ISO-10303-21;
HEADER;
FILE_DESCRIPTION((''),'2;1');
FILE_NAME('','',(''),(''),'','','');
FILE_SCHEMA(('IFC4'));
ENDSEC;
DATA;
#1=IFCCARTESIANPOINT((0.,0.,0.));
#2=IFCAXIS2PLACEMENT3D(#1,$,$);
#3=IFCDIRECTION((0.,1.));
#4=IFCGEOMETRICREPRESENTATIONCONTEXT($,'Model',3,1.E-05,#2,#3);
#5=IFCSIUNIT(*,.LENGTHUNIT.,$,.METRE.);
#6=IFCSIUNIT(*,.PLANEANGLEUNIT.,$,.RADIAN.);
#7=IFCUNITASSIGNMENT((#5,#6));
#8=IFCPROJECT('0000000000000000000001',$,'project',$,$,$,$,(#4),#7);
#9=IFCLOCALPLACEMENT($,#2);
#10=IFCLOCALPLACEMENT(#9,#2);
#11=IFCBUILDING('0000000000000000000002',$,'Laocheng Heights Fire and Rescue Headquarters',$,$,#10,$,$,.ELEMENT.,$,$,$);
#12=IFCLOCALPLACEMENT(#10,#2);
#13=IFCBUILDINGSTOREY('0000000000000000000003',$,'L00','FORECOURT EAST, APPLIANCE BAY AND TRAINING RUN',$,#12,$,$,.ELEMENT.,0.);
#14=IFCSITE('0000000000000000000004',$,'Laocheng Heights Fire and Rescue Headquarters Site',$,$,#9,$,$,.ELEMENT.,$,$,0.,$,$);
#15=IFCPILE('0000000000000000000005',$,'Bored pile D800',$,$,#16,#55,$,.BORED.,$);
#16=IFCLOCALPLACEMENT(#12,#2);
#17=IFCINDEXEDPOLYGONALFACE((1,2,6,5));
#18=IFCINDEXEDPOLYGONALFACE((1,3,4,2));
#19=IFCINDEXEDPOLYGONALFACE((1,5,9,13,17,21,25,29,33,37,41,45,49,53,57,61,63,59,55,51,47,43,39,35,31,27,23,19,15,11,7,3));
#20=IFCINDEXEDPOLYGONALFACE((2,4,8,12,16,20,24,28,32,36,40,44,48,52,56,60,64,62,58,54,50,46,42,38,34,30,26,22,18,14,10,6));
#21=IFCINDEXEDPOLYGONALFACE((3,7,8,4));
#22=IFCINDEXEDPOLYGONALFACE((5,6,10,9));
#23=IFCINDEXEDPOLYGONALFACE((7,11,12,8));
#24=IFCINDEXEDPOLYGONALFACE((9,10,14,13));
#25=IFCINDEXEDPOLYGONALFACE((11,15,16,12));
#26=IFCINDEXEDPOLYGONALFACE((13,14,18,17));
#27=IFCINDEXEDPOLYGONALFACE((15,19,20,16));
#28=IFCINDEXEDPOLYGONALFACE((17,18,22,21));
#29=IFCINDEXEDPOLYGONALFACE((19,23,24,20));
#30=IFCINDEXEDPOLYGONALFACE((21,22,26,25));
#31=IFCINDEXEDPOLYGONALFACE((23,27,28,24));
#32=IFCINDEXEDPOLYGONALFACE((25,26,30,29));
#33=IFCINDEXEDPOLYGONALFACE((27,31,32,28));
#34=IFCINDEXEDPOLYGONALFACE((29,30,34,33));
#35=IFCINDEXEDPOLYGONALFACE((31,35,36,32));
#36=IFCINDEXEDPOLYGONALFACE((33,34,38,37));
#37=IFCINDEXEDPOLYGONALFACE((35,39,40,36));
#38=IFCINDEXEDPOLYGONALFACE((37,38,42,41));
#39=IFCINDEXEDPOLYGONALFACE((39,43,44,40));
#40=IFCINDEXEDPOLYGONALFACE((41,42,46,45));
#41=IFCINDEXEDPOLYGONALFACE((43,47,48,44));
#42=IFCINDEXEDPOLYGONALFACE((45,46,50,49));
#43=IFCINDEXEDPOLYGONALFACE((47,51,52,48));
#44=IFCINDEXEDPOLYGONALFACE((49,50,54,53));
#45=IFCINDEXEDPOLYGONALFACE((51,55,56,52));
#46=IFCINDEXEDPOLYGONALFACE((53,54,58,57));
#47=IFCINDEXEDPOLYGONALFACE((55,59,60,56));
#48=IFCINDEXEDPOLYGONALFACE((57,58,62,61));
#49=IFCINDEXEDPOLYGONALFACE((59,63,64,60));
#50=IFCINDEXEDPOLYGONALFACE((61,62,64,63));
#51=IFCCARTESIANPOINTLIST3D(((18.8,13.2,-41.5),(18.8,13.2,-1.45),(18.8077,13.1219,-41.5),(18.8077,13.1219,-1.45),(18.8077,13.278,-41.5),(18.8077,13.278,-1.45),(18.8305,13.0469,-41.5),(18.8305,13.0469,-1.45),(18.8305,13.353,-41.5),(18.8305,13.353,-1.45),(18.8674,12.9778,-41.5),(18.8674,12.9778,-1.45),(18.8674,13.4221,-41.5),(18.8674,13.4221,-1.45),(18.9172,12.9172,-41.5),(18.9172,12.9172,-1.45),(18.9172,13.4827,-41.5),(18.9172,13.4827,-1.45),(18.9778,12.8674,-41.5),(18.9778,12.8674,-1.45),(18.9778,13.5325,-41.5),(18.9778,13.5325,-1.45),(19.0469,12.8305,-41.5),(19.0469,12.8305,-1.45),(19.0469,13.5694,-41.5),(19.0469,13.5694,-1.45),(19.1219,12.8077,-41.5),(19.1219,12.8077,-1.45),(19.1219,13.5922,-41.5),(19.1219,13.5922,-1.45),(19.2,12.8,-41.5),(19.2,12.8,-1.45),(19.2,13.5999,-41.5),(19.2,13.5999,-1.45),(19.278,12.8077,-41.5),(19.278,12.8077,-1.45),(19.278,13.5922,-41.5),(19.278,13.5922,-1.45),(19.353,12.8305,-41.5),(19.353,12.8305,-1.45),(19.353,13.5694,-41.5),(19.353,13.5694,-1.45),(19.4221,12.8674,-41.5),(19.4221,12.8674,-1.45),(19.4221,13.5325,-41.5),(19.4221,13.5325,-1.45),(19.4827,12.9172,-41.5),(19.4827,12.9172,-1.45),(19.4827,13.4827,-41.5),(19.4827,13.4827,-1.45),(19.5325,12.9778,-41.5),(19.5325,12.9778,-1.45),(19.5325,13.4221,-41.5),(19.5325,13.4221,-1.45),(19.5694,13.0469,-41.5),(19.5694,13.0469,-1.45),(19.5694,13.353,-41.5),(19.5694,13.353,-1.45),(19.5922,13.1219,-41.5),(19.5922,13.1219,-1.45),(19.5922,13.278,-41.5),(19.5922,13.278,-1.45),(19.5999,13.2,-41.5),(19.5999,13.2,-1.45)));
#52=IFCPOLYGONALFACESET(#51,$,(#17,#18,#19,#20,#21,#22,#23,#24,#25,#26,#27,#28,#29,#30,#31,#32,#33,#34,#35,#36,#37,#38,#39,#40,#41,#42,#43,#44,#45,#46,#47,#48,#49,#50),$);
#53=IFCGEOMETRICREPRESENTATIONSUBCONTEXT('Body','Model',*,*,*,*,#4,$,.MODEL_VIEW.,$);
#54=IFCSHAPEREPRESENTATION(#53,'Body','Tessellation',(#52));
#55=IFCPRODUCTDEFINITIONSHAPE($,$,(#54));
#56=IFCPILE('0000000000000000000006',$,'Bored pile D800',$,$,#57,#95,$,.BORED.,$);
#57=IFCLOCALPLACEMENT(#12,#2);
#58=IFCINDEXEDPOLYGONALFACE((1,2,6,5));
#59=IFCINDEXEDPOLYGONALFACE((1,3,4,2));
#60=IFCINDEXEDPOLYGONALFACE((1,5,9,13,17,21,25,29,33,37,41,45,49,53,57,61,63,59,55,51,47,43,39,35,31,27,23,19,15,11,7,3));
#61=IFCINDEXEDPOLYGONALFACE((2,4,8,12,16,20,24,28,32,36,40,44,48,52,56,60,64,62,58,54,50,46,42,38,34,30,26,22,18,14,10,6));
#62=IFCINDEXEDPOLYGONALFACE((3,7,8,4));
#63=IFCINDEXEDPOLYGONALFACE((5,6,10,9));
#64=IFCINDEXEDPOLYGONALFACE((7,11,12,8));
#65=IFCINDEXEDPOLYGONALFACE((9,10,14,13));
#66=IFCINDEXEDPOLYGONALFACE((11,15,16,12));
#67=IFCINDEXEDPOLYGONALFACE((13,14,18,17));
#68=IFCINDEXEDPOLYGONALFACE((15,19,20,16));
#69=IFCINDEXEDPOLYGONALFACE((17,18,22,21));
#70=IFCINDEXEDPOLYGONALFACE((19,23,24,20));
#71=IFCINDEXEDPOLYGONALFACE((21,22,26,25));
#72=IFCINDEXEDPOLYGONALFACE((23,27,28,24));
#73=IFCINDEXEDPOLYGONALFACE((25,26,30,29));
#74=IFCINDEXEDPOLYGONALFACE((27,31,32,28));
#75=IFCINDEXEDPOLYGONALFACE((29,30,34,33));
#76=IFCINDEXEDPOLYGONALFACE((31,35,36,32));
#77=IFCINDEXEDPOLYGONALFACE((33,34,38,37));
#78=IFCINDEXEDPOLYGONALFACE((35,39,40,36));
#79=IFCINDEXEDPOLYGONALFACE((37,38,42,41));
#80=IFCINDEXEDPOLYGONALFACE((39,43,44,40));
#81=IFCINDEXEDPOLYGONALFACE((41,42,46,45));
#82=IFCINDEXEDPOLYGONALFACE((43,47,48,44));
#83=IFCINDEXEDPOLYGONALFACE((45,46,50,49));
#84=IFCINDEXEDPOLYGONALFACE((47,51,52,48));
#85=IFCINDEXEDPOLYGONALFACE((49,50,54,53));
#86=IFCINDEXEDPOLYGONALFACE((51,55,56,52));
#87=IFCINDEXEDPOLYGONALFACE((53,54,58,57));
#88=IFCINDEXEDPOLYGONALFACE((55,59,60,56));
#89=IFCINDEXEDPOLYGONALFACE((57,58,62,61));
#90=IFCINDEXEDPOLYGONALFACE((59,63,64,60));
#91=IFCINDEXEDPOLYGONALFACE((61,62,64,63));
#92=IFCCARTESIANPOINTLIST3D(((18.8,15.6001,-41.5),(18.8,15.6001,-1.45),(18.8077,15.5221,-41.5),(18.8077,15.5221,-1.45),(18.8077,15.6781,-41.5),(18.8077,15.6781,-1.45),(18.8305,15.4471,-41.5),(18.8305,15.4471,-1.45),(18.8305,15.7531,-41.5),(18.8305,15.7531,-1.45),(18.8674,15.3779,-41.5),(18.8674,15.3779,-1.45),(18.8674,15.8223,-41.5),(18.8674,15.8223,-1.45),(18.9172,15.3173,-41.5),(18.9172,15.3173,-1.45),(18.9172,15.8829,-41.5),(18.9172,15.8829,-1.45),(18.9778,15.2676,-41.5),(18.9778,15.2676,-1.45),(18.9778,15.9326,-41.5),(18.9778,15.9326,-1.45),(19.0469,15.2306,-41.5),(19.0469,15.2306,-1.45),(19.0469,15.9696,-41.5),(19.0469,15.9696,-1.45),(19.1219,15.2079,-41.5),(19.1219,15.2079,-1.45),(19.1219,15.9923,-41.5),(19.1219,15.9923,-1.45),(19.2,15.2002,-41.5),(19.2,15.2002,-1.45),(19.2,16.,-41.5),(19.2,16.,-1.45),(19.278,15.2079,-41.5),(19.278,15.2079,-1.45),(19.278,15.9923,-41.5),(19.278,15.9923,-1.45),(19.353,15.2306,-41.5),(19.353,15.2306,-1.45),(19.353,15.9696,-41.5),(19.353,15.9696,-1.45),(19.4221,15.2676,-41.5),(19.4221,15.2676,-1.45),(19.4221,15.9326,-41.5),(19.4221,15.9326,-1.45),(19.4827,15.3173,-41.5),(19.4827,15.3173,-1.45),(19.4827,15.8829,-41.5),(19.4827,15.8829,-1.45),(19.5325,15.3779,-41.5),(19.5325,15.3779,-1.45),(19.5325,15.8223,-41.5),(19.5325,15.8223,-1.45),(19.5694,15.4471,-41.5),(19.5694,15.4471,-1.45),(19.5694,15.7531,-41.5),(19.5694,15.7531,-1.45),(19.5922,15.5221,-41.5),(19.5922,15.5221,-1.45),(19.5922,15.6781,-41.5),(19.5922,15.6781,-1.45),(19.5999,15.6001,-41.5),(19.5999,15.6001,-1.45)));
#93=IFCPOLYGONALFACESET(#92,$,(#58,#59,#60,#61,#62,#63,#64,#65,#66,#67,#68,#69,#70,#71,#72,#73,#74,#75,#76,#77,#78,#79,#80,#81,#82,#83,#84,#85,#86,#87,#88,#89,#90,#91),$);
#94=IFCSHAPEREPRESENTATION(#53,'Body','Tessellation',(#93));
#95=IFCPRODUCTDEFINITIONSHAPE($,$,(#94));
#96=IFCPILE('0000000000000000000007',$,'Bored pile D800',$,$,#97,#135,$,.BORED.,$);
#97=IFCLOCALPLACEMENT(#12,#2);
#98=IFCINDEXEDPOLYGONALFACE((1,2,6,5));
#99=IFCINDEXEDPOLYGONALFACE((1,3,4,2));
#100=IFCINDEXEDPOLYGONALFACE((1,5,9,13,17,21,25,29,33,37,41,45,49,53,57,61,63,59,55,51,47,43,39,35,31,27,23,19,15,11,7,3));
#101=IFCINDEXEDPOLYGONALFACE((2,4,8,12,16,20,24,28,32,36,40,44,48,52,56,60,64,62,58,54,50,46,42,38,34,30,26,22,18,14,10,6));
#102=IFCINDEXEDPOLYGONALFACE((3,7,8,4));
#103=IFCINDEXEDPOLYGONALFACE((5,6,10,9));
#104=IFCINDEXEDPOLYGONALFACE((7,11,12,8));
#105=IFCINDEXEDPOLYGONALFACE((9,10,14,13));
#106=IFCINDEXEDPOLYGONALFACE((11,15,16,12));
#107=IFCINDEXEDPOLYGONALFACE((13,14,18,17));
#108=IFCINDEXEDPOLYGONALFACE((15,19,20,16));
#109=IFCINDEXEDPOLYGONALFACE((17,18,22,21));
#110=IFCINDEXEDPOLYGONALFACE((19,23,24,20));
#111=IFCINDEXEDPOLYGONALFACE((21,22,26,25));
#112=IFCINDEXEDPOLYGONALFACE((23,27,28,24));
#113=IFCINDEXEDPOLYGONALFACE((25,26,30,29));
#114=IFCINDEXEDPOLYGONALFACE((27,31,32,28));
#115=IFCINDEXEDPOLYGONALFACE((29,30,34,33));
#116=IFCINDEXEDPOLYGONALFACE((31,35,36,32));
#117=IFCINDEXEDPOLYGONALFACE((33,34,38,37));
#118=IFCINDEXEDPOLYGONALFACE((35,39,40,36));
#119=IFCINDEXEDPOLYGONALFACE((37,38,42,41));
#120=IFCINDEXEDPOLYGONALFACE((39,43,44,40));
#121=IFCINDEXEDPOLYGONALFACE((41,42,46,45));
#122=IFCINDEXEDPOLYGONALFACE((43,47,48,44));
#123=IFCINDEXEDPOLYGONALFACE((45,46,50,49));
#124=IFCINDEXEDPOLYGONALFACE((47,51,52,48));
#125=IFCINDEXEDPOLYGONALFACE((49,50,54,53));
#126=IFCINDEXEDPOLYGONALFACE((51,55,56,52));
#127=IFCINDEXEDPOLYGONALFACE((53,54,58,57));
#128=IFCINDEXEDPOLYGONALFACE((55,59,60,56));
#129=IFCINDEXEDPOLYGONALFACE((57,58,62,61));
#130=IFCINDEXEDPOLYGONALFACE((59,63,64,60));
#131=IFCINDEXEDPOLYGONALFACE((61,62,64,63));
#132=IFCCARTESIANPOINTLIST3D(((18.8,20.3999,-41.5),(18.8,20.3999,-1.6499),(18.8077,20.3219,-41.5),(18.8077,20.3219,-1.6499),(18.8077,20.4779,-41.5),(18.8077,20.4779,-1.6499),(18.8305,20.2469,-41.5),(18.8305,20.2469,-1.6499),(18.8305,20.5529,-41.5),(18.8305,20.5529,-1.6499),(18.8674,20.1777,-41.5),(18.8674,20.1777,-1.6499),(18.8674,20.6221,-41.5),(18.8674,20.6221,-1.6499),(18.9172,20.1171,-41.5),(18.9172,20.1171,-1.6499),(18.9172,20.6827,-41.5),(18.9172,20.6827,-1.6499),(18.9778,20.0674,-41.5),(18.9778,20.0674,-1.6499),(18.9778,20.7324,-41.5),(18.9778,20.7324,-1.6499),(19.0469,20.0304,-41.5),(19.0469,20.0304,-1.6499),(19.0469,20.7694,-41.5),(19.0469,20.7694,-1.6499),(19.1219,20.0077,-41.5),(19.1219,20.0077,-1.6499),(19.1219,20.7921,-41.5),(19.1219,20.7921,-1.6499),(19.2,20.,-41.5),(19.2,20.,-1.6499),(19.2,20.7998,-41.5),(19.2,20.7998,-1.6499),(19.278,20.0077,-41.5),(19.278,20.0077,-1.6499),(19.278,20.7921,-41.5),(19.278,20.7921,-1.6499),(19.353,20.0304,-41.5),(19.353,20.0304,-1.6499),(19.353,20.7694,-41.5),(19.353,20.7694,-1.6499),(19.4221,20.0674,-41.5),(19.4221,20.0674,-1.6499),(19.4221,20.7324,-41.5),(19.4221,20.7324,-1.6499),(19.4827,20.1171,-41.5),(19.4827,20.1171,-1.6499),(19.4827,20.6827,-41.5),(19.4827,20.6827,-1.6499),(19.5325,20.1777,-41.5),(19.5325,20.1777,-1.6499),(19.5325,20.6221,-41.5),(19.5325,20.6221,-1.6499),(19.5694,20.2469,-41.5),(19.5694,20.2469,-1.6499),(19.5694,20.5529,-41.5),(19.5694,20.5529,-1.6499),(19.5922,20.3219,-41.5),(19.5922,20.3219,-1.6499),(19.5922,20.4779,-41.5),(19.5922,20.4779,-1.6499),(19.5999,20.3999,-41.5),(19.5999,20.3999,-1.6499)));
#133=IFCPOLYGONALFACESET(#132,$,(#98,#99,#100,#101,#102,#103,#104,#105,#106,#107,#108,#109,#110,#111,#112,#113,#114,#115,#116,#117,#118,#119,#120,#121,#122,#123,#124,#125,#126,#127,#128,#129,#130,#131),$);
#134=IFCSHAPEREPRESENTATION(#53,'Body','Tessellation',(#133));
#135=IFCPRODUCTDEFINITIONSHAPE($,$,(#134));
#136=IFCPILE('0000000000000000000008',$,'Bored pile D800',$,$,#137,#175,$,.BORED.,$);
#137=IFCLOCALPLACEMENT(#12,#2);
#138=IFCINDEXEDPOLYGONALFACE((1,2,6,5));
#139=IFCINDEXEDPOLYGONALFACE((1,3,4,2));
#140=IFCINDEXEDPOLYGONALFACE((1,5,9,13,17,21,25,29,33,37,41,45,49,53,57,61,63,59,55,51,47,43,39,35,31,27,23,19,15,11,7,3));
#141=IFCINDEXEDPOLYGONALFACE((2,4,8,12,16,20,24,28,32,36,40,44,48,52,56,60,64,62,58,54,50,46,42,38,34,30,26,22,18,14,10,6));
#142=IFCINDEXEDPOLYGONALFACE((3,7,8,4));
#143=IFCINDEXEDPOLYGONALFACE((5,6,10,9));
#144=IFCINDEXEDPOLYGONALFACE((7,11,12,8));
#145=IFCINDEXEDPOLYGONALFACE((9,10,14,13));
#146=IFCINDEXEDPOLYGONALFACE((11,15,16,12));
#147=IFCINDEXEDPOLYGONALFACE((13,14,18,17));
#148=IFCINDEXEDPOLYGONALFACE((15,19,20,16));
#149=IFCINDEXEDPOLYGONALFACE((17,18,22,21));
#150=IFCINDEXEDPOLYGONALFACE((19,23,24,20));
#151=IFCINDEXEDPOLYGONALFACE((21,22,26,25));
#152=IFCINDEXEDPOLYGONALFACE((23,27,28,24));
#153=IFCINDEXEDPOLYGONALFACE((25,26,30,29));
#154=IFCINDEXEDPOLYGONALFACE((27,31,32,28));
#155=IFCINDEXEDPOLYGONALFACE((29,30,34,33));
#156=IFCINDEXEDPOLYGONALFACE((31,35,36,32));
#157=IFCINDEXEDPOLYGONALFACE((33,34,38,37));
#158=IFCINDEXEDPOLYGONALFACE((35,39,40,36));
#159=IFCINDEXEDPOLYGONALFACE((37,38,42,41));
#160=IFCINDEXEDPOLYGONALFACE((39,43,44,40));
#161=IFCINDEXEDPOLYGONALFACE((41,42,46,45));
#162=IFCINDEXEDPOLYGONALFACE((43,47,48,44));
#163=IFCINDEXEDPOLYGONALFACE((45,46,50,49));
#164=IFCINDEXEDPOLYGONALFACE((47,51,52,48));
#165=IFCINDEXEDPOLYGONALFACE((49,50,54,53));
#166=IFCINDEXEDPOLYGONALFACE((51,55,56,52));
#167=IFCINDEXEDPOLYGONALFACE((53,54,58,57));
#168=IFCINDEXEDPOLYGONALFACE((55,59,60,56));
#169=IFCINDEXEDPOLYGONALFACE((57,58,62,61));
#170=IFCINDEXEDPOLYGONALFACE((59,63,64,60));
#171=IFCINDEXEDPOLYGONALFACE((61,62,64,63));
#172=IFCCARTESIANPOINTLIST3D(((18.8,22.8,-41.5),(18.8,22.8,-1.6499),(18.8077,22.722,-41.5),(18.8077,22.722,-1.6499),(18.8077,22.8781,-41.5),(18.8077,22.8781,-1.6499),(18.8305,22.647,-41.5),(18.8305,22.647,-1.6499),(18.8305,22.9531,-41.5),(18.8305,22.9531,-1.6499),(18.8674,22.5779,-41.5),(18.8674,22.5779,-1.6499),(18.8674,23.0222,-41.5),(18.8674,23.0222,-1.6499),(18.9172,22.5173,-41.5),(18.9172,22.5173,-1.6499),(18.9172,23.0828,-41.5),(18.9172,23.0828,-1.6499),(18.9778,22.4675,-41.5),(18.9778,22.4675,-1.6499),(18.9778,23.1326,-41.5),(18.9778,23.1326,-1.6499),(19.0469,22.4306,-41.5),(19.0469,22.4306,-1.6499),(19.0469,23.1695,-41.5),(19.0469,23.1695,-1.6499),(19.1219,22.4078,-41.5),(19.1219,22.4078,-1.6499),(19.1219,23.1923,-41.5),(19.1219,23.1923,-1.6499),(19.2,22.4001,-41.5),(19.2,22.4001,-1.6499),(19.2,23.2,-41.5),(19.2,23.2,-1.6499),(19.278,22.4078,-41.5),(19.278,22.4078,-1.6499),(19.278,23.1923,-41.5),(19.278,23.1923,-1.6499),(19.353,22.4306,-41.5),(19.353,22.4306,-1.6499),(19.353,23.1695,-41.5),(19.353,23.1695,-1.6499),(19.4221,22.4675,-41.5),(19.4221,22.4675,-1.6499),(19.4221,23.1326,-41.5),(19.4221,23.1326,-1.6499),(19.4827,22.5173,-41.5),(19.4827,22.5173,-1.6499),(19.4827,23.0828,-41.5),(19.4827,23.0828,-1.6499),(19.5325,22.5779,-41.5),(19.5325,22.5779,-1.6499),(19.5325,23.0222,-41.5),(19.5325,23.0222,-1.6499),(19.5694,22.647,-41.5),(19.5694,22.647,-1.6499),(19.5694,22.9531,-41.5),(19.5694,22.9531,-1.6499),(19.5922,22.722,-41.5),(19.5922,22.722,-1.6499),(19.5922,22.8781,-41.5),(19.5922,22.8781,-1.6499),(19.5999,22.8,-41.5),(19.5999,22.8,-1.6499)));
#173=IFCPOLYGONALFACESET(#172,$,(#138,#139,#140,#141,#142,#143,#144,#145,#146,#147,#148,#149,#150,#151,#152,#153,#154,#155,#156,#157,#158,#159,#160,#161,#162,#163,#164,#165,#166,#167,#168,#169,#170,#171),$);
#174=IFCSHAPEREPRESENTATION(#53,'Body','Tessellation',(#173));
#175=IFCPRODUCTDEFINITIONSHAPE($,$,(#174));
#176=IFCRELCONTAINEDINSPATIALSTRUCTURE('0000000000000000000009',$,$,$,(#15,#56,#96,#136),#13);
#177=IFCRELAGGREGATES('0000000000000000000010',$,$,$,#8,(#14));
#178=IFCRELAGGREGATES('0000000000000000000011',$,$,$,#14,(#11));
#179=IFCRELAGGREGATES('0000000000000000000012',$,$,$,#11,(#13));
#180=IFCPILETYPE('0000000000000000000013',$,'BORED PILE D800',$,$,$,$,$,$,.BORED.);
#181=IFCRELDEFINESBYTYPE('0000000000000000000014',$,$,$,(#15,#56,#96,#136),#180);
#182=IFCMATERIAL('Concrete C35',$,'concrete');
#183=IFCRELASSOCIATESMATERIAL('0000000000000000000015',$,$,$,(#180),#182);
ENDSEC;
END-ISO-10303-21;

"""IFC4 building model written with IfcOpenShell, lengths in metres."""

from ifc_helpers import new_model, si_unit, direction, frame, origin, origin_2d, place, context, subcontext, project, spatial, circle, extrude, material, material_profile, profile_set, type_object, element, save


model = new_model("IFC4")

# Units and contexts
model_context = context("Model", 3, precision=1e-05, world=origin(), true_north=direction((0.0, 1.0)))
body_context = subcontext(model_context, "Body", "Model", "MODEL_VIEW")
ifc_project = project(units=[si_unit("LENGTHUNIT", "METRE"), si_unit("PLANEANGLEUNIT", "RADIAN")], contexts=[model_context])

# Site, building, storey
site_placement = place(None, origin())
site = spatial("IfcSite", under=ifc_project, at=site_placement, Name="Laocheng Heights Fire and Rescue Headquarters Site", CompositionType="ELEMENT", RefElevation=0.0)
building_placement = place(site_placement, origin())
building = spatial("IfcBuilding", under=site, at=building_placement, Name="Laocheng Heights Fire and Rescue Headquarters", CompositionType="ELEMENT")
storey_placement = place(building_placement, origin())
storey = spatial("IfcBuildingStorey", under=building, at=storey_placement, Name="L00", Description="FORECOURT EAST, APPLIANCE BAY AND TRAINING RUN", CompositionType="ELEMENT", Elevation=0.0)

# Piles
ifc_material_1 = material(Name="Concrete C35", Category="concrete")
ifc_material_profile_1 = material_profile(ifc_material_1, circle(Radius=0.3999, at=origin_2d()), Name="BORED PILE D800")
ifc_profile_set_1 = profile_set([ifc_material_profile_1], Name="Concrete C35")
pile_type = type_object("IfcPileType", Name="BORED PILE D800", PredefinedType="BORED", material=ifc_profile_set_1)
for number, where, z_axis, x_axis, name in (
    (1, (19.2, 13.2, -1.45), (0.0, 0.0, -1.0), (1.0, 0.0, 0.0), "Bored pile D800"),
    (2, (19.2, 15.6001, -1.45), (0.0, 0.0, -1.0), (1.0, 0.0, 0.0), "Bored pile D800"),
):
    element("IfcPile", number, at=place(storey_placement, frame(where, z_axis=z_axis, x_axis=x_axis)), inside=storey, type_object=pile_type, Name=name, PredefinedType="BORED", context=body_context, shape_type="SweptSolid", body=[
        extrude(circle(Radius=0.3999, at=origin_2d()), origin(), (0.0, 0.0, 1.0), 40.05),
    ])
for number, where, z_axis, x_axis, name in (
    (3, (19.2, 20.3999, -1.6499), (0.0, 0.0, -1.0), (1.0, 0.0, 0.0), "Bored pile D800"),
    (4, (19.2, 22.8, -1.6499), (0.0, 0.0, -1.0), (1.0, 0.0, 0.0), "Bored pile D800"),
):
    element("IfcPile", number, at=place(storey_placement, frame(where, z_axis=z_axis, x_axis=x_axis)), inside=storey, type_object=pile_type, Name=name, PredefinedType="BORED", context=body_context, shape_type="SweptSolid", body=[
        extrude(circle(Radius=0.3999, at=origin_2d()), origin(), (0.0, 0.0, 1.0), 39.8501),
    ])

save(model, "model.ifc")
